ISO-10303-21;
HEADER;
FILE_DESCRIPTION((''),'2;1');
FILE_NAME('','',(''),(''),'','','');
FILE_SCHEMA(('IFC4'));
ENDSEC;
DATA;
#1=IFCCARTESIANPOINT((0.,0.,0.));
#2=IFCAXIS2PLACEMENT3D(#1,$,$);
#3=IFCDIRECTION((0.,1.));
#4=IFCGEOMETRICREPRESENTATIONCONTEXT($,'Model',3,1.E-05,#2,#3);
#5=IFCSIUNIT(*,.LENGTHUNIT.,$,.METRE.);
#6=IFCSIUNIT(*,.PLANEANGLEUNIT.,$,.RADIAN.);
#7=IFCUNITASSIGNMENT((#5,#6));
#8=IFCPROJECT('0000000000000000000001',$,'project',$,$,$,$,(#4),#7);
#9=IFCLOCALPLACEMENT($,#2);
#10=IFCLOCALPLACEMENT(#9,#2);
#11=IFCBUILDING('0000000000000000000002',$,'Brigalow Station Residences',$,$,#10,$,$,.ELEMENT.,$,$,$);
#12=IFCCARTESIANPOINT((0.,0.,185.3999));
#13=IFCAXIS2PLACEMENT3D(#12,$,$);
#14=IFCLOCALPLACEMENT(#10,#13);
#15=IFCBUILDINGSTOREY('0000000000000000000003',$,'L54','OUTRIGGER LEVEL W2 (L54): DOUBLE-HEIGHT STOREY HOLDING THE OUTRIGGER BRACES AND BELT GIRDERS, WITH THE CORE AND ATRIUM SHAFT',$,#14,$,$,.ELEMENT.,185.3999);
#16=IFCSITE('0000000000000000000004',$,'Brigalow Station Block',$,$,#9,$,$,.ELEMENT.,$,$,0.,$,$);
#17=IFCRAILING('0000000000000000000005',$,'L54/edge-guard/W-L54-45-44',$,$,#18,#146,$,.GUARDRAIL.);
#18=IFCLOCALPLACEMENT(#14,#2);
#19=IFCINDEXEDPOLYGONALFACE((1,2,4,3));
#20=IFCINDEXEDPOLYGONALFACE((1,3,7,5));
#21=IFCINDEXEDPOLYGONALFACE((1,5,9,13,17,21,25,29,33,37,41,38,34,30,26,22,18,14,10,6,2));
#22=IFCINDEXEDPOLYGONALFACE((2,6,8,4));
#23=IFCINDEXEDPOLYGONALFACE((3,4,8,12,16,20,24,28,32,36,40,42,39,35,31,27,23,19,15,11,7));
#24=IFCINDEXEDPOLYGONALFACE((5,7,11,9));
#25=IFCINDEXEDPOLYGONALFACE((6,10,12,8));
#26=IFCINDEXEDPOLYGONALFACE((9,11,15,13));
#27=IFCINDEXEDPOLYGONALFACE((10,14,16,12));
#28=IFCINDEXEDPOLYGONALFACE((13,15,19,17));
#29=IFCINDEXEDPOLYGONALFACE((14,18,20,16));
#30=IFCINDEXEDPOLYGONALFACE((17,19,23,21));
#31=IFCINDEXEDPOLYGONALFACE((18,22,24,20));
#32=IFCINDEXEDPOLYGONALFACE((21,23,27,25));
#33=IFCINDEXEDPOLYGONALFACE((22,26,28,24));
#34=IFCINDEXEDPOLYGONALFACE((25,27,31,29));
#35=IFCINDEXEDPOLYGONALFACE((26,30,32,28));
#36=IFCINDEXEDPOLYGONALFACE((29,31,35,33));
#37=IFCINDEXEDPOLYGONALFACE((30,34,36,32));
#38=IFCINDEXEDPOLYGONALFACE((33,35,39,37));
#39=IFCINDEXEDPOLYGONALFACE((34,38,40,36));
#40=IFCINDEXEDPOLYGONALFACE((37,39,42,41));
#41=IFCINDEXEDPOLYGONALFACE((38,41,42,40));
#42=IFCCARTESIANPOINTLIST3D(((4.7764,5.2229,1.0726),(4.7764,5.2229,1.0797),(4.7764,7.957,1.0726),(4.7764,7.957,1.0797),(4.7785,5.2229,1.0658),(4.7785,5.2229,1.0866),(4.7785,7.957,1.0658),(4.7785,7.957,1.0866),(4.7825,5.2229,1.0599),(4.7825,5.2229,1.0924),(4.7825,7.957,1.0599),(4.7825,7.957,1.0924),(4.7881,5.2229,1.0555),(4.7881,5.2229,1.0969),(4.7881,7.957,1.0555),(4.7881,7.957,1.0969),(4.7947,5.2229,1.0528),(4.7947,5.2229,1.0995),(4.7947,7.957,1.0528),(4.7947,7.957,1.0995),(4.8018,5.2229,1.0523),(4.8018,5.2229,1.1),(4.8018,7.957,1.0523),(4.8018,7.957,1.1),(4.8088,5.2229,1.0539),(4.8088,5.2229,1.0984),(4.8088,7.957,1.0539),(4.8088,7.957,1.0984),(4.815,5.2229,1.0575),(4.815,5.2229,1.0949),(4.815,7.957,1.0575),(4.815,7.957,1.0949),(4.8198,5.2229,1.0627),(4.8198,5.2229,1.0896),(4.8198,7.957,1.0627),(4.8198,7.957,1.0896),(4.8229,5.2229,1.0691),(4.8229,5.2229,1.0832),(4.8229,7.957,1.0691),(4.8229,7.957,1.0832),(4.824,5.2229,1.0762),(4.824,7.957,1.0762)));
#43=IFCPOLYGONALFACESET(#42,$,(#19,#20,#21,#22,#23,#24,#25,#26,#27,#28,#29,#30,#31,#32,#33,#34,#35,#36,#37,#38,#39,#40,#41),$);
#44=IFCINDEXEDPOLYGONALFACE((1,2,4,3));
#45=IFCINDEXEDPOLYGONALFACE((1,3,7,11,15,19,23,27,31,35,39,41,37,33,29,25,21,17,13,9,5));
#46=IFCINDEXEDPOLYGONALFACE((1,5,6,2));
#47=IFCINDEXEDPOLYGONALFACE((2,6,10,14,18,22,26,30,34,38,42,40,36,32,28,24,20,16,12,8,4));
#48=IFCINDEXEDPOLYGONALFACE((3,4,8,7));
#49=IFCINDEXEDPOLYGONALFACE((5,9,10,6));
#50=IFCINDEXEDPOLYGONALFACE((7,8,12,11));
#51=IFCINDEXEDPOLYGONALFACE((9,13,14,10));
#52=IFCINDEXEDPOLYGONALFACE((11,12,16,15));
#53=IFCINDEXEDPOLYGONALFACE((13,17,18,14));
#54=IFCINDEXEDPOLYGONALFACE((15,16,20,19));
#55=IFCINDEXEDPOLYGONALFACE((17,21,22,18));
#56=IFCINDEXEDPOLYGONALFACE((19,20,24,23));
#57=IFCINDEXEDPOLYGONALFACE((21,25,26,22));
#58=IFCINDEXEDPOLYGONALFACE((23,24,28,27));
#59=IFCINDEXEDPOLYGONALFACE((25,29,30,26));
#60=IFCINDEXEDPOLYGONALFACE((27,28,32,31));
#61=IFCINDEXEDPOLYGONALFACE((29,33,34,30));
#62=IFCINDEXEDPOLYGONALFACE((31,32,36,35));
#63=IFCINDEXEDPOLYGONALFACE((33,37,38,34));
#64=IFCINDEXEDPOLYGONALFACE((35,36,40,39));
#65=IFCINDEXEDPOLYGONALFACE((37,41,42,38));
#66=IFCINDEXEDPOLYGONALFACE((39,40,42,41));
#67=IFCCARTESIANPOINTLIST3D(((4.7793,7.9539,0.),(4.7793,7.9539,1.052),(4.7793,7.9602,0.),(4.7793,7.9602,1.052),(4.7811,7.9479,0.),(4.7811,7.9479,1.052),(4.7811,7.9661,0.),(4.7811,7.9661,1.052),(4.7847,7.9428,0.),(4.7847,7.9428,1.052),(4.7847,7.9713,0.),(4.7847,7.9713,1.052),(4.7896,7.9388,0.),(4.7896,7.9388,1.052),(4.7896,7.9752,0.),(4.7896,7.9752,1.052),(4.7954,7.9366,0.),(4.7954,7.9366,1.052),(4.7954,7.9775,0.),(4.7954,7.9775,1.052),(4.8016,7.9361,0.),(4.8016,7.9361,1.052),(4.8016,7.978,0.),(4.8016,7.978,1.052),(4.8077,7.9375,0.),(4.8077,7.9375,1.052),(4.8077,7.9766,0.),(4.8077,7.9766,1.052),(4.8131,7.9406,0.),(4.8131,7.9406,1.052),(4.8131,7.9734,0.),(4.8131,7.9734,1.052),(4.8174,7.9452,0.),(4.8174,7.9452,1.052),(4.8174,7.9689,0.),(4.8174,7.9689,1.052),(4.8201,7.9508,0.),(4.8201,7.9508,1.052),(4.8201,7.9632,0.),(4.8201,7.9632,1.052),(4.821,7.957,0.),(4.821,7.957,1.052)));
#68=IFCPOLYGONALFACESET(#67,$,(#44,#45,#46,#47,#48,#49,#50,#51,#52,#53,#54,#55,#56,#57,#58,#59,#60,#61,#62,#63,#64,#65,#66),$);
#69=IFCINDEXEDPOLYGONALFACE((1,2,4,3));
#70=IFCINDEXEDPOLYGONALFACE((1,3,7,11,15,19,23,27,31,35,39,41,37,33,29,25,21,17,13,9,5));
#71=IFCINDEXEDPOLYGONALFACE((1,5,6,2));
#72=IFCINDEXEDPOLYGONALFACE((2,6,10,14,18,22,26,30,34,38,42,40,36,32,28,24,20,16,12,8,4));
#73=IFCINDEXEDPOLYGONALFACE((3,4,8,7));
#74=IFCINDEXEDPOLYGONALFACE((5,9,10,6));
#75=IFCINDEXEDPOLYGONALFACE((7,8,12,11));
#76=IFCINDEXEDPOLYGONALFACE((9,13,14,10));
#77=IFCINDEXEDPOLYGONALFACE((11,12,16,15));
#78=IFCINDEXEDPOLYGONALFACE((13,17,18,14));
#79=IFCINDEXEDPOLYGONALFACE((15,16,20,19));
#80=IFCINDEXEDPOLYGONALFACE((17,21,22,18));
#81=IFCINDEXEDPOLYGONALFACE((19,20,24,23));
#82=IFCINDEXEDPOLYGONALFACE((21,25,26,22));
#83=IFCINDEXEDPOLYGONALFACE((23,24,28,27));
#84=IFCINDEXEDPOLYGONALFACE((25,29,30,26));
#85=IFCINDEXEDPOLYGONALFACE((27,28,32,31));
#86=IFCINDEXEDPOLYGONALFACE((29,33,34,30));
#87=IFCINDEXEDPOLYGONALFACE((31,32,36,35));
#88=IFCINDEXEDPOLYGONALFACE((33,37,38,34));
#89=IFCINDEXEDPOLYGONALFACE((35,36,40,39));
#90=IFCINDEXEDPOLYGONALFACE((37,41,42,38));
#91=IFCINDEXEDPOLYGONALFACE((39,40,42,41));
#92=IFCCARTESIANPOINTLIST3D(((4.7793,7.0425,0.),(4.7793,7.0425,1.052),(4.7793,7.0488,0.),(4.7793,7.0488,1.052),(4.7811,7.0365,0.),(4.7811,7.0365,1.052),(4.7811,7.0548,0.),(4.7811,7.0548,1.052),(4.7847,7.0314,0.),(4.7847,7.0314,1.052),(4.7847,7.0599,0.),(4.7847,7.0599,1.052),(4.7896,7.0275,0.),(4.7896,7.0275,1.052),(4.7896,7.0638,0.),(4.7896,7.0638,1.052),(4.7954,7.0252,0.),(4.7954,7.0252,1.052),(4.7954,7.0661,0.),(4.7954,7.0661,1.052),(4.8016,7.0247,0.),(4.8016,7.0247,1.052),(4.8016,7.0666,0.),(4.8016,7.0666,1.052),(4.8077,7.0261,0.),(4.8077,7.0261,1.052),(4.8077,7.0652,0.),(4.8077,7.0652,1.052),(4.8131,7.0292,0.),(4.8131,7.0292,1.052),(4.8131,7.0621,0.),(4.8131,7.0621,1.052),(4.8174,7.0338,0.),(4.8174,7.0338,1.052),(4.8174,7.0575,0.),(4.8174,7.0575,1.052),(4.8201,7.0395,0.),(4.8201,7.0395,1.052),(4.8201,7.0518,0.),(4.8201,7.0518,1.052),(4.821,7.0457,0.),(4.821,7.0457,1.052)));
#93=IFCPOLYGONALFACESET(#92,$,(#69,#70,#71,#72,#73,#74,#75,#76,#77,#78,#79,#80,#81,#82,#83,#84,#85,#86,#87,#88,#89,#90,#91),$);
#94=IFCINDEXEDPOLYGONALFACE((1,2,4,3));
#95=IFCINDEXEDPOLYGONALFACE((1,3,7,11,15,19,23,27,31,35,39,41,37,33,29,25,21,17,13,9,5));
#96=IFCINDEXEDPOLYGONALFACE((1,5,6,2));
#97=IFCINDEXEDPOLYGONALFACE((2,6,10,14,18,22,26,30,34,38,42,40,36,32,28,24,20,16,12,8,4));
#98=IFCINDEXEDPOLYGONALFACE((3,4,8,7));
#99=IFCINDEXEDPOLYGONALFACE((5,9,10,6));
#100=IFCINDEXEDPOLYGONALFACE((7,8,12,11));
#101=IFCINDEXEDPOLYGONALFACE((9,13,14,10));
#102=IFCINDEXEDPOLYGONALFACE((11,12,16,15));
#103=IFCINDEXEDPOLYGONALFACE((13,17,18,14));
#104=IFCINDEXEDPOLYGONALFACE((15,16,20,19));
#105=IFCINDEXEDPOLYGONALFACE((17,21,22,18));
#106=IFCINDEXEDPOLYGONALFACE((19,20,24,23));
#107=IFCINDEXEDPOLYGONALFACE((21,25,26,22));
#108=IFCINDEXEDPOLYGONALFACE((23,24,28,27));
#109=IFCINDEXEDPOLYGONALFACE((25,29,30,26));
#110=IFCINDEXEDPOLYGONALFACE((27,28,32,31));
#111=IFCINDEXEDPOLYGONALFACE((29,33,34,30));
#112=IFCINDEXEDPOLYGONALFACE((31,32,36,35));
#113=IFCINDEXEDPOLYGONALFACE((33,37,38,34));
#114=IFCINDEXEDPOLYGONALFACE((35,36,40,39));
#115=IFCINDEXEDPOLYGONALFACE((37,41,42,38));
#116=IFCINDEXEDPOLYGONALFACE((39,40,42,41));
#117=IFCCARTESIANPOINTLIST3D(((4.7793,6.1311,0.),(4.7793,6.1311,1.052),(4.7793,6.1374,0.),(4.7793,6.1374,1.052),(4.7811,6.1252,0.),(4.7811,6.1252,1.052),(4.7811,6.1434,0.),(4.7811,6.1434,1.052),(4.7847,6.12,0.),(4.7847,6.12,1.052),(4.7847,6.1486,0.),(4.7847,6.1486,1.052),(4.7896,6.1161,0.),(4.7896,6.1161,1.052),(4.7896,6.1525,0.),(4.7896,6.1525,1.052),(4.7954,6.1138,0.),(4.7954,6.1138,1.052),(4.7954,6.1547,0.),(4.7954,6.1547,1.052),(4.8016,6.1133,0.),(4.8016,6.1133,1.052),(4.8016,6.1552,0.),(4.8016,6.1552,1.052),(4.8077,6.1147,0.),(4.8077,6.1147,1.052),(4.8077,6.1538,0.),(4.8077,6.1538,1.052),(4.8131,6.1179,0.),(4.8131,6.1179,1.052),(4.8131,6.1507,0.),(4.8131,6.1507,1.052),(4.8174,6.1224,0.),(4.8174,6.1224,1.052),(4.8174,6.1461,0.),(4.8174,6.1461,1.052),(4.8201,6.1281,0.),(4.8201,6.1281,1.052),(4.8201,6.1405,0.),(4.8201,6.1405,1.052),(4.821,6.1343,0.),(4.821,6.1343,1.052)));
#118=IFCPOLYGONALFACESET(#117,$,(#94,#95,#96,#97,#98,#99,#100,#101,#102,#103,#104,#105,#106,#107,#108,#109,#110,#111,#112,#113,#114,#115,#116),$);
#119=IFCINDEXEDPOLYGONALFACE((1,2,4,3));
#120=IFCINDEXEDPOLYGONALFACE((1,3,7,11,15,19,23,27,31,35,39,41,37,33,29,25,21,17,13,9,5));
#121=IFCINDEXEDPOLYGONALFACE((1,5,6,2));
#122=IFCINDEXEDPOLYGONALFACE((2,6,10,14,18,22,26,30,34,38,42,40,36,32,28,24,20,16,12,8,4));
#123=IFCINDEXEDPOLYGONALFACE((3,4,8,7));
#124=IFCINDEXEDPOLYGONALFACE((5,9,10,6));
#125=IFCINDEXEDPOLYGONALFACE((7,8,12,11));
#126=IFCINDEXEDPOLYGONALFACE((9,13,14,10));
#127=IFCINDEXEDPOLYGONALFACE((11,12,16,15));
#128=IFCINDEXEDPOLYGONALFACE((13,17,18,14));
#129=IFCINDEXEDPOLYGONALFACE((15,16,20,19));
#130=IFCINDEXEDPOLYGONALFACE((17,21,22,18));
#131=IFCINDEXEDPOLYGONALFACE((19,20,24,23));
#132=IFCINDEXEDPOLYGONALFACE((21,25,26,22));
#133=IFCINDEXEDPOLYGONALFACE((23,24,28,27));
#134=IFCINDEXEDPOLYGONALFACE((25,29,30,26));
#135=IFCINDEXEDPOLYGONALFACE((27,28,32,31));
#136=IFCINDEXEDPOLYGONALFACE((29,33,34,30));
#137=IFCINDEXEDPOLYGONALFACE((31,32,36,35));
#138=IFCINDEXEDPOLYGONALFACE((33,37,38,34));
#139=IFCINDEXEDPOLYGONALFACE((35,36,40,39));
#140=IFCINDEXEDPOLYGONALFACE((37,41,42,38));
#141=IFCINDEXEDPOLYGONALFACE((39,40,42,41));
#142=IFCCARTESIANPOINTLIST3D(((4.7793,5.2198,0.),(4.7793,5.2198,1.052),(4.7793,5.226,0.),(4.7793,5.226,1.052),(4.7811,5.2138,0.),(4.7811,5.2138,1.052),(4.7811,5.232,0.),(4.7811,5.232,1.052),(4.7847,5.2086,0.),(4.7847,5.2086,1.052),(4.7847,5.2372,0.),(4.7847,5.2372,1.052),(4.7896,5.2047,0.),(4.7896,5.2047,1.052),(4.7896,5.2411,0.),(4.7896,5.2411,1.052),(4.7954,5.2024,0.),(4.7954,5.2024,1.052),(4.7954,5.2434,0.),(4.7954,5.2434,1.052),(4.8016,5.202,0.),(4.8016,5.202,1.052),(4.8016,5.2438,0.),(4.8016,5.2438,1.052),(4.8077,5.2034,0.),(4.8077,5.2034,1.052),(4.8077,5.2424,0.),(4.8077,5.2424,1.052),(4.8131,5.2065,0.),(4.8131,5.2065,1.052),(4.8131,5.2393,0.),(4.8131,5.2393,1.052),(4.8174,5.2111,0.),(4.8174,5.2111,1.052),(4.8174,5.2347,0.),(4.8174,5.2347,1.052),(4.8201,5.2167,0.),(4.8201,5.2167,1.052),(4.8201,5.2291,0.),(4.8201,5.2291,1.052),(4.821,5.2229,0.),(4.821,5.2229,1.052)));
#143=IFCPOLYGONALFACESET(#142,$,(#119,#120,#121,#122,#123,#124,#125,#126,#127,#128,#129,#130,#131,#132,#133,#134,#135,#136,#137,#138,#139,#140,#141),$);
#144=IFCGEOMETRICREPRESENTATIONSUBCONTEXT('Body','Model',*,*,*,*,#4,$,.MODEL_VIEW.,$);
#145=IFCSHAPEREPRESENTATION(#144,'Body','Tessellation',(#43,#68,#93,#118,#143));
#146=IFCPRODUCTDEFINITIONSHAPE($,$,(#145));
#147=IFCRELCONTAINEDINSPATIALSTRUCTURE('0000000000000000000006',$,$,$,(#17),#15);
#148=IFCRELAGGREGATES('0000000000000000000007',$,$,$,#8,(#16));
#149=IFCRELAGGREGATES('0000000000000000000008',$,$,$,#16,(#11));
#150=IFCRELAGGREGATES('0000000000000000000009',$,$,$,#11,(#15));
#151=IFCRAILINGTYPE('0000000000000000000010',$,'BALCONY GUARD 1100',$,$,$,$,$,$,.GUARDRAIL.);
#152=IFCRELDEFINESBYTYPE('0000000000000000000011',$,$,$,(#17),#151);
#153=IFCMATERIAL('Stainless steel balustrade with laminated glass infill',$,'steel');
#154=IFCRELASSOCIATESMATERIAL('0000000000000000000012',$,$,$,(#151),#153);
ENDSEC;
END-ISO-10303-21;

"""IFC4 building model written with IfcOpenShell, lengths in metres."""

from ifc_helpers import new_model, si_unit, direction, frame, origin, origin_2d, place, context, subcontext, project, spatial, circle, extrude, material, type_object, element, save


model = new_model("IFC4")

# Units and contexts
model_context = context("Model", 3, precision=1e-05, world=origin(), true_north=direction((0.0, 1.0)))
body_context = subcontext(model_context, "Body", "Model", "MODEL_VIEW")
ifc_project = project(units=[si_unit("LENGTHUNIT", "METRE"), si_unit("PLANEANGLEUNIT", "RADIAN")], contexts=[model_context])

# Site, building, storey
site_placement = place(None, origin())
site = spatial("IfcSite", under=ifc_project, at=site_placement, Name="Brigalow Station Block", CompositionType="ELEMENT", RefElevation=0.0)
building_placement = place(site_placement, origin())
building = spatial("IfcBuilding", under=site, at=building_placement, Name="Brigalow Station Residences", CompositionType="ELEMENT")
storey_placement = place(building_placement, frame((0.0, 0.0, 185.3999)))
storey = spatial("IfcBuildingStorey", under=building, at=storey_placement, Name="L54", Description="OUTRIGGER LEVEL W2 (L54): DOUBLE-HEIGHT STOREY HOLDING THE OUTRIGGER BRACES AND BELT GIRDERS, WITH THE CORE AND ATRIUM SHAFT", CompositionType="ELEMENT", Elevation=185.3999)

# Railing
ifc_material_1 = material(Name="Stainless steel balustrade with laminated glass infill", Category="steel")
railing_type = type_object("IfcRailingType", Name="BALCONY GUARD 1100", PredefinedType="GUARDRAIL", material=ifc_material_1)
railing_1_placement = place(storey_placement, frame((4.8, 7.957, 0.0)))
element("IfcRailing", 1, at=railing_1_placement, inside=storey, type_object=railing_type, Name="L54/edge-guard/W-L54-45-44", PredefinedType="GUARDRAIL", context=body_context, shape_type="SweptSolid", body=[
    extrude(circle(Radius=0.0239, at=origin_2d()), frame((0.0, 0.0, 1.0762), z_axis=(0.0, -1.0, 0.0), x_axis=(1.0, 0.0, 0.0)), (0.0, 0.0, 1.0), 2.7341),
    extrude(circle(Radius=0.021, at=origin_2d()), origin(), (0.0, 0.0, 1.0), 1.052),
    extrude(circle(Radius=0.021, at=origin_2d()), frame((0.0, -0.9114, 0.0)), (0.0, 0.0, 1.0), 1.052),
    extrude(circle(Radius=0.021, at=origin_2d()), frame((0.0, -1.8228, 0.0)), (0.0, 0.0, 1.0), 1.052),
    extrude(circle(Radius=0.021, at=origin_2d()), frame((0.0, -2.7341, 0.0)), (0.0, 0.0, 1.0), 1.052),
])

save(model, "model.ifc")
